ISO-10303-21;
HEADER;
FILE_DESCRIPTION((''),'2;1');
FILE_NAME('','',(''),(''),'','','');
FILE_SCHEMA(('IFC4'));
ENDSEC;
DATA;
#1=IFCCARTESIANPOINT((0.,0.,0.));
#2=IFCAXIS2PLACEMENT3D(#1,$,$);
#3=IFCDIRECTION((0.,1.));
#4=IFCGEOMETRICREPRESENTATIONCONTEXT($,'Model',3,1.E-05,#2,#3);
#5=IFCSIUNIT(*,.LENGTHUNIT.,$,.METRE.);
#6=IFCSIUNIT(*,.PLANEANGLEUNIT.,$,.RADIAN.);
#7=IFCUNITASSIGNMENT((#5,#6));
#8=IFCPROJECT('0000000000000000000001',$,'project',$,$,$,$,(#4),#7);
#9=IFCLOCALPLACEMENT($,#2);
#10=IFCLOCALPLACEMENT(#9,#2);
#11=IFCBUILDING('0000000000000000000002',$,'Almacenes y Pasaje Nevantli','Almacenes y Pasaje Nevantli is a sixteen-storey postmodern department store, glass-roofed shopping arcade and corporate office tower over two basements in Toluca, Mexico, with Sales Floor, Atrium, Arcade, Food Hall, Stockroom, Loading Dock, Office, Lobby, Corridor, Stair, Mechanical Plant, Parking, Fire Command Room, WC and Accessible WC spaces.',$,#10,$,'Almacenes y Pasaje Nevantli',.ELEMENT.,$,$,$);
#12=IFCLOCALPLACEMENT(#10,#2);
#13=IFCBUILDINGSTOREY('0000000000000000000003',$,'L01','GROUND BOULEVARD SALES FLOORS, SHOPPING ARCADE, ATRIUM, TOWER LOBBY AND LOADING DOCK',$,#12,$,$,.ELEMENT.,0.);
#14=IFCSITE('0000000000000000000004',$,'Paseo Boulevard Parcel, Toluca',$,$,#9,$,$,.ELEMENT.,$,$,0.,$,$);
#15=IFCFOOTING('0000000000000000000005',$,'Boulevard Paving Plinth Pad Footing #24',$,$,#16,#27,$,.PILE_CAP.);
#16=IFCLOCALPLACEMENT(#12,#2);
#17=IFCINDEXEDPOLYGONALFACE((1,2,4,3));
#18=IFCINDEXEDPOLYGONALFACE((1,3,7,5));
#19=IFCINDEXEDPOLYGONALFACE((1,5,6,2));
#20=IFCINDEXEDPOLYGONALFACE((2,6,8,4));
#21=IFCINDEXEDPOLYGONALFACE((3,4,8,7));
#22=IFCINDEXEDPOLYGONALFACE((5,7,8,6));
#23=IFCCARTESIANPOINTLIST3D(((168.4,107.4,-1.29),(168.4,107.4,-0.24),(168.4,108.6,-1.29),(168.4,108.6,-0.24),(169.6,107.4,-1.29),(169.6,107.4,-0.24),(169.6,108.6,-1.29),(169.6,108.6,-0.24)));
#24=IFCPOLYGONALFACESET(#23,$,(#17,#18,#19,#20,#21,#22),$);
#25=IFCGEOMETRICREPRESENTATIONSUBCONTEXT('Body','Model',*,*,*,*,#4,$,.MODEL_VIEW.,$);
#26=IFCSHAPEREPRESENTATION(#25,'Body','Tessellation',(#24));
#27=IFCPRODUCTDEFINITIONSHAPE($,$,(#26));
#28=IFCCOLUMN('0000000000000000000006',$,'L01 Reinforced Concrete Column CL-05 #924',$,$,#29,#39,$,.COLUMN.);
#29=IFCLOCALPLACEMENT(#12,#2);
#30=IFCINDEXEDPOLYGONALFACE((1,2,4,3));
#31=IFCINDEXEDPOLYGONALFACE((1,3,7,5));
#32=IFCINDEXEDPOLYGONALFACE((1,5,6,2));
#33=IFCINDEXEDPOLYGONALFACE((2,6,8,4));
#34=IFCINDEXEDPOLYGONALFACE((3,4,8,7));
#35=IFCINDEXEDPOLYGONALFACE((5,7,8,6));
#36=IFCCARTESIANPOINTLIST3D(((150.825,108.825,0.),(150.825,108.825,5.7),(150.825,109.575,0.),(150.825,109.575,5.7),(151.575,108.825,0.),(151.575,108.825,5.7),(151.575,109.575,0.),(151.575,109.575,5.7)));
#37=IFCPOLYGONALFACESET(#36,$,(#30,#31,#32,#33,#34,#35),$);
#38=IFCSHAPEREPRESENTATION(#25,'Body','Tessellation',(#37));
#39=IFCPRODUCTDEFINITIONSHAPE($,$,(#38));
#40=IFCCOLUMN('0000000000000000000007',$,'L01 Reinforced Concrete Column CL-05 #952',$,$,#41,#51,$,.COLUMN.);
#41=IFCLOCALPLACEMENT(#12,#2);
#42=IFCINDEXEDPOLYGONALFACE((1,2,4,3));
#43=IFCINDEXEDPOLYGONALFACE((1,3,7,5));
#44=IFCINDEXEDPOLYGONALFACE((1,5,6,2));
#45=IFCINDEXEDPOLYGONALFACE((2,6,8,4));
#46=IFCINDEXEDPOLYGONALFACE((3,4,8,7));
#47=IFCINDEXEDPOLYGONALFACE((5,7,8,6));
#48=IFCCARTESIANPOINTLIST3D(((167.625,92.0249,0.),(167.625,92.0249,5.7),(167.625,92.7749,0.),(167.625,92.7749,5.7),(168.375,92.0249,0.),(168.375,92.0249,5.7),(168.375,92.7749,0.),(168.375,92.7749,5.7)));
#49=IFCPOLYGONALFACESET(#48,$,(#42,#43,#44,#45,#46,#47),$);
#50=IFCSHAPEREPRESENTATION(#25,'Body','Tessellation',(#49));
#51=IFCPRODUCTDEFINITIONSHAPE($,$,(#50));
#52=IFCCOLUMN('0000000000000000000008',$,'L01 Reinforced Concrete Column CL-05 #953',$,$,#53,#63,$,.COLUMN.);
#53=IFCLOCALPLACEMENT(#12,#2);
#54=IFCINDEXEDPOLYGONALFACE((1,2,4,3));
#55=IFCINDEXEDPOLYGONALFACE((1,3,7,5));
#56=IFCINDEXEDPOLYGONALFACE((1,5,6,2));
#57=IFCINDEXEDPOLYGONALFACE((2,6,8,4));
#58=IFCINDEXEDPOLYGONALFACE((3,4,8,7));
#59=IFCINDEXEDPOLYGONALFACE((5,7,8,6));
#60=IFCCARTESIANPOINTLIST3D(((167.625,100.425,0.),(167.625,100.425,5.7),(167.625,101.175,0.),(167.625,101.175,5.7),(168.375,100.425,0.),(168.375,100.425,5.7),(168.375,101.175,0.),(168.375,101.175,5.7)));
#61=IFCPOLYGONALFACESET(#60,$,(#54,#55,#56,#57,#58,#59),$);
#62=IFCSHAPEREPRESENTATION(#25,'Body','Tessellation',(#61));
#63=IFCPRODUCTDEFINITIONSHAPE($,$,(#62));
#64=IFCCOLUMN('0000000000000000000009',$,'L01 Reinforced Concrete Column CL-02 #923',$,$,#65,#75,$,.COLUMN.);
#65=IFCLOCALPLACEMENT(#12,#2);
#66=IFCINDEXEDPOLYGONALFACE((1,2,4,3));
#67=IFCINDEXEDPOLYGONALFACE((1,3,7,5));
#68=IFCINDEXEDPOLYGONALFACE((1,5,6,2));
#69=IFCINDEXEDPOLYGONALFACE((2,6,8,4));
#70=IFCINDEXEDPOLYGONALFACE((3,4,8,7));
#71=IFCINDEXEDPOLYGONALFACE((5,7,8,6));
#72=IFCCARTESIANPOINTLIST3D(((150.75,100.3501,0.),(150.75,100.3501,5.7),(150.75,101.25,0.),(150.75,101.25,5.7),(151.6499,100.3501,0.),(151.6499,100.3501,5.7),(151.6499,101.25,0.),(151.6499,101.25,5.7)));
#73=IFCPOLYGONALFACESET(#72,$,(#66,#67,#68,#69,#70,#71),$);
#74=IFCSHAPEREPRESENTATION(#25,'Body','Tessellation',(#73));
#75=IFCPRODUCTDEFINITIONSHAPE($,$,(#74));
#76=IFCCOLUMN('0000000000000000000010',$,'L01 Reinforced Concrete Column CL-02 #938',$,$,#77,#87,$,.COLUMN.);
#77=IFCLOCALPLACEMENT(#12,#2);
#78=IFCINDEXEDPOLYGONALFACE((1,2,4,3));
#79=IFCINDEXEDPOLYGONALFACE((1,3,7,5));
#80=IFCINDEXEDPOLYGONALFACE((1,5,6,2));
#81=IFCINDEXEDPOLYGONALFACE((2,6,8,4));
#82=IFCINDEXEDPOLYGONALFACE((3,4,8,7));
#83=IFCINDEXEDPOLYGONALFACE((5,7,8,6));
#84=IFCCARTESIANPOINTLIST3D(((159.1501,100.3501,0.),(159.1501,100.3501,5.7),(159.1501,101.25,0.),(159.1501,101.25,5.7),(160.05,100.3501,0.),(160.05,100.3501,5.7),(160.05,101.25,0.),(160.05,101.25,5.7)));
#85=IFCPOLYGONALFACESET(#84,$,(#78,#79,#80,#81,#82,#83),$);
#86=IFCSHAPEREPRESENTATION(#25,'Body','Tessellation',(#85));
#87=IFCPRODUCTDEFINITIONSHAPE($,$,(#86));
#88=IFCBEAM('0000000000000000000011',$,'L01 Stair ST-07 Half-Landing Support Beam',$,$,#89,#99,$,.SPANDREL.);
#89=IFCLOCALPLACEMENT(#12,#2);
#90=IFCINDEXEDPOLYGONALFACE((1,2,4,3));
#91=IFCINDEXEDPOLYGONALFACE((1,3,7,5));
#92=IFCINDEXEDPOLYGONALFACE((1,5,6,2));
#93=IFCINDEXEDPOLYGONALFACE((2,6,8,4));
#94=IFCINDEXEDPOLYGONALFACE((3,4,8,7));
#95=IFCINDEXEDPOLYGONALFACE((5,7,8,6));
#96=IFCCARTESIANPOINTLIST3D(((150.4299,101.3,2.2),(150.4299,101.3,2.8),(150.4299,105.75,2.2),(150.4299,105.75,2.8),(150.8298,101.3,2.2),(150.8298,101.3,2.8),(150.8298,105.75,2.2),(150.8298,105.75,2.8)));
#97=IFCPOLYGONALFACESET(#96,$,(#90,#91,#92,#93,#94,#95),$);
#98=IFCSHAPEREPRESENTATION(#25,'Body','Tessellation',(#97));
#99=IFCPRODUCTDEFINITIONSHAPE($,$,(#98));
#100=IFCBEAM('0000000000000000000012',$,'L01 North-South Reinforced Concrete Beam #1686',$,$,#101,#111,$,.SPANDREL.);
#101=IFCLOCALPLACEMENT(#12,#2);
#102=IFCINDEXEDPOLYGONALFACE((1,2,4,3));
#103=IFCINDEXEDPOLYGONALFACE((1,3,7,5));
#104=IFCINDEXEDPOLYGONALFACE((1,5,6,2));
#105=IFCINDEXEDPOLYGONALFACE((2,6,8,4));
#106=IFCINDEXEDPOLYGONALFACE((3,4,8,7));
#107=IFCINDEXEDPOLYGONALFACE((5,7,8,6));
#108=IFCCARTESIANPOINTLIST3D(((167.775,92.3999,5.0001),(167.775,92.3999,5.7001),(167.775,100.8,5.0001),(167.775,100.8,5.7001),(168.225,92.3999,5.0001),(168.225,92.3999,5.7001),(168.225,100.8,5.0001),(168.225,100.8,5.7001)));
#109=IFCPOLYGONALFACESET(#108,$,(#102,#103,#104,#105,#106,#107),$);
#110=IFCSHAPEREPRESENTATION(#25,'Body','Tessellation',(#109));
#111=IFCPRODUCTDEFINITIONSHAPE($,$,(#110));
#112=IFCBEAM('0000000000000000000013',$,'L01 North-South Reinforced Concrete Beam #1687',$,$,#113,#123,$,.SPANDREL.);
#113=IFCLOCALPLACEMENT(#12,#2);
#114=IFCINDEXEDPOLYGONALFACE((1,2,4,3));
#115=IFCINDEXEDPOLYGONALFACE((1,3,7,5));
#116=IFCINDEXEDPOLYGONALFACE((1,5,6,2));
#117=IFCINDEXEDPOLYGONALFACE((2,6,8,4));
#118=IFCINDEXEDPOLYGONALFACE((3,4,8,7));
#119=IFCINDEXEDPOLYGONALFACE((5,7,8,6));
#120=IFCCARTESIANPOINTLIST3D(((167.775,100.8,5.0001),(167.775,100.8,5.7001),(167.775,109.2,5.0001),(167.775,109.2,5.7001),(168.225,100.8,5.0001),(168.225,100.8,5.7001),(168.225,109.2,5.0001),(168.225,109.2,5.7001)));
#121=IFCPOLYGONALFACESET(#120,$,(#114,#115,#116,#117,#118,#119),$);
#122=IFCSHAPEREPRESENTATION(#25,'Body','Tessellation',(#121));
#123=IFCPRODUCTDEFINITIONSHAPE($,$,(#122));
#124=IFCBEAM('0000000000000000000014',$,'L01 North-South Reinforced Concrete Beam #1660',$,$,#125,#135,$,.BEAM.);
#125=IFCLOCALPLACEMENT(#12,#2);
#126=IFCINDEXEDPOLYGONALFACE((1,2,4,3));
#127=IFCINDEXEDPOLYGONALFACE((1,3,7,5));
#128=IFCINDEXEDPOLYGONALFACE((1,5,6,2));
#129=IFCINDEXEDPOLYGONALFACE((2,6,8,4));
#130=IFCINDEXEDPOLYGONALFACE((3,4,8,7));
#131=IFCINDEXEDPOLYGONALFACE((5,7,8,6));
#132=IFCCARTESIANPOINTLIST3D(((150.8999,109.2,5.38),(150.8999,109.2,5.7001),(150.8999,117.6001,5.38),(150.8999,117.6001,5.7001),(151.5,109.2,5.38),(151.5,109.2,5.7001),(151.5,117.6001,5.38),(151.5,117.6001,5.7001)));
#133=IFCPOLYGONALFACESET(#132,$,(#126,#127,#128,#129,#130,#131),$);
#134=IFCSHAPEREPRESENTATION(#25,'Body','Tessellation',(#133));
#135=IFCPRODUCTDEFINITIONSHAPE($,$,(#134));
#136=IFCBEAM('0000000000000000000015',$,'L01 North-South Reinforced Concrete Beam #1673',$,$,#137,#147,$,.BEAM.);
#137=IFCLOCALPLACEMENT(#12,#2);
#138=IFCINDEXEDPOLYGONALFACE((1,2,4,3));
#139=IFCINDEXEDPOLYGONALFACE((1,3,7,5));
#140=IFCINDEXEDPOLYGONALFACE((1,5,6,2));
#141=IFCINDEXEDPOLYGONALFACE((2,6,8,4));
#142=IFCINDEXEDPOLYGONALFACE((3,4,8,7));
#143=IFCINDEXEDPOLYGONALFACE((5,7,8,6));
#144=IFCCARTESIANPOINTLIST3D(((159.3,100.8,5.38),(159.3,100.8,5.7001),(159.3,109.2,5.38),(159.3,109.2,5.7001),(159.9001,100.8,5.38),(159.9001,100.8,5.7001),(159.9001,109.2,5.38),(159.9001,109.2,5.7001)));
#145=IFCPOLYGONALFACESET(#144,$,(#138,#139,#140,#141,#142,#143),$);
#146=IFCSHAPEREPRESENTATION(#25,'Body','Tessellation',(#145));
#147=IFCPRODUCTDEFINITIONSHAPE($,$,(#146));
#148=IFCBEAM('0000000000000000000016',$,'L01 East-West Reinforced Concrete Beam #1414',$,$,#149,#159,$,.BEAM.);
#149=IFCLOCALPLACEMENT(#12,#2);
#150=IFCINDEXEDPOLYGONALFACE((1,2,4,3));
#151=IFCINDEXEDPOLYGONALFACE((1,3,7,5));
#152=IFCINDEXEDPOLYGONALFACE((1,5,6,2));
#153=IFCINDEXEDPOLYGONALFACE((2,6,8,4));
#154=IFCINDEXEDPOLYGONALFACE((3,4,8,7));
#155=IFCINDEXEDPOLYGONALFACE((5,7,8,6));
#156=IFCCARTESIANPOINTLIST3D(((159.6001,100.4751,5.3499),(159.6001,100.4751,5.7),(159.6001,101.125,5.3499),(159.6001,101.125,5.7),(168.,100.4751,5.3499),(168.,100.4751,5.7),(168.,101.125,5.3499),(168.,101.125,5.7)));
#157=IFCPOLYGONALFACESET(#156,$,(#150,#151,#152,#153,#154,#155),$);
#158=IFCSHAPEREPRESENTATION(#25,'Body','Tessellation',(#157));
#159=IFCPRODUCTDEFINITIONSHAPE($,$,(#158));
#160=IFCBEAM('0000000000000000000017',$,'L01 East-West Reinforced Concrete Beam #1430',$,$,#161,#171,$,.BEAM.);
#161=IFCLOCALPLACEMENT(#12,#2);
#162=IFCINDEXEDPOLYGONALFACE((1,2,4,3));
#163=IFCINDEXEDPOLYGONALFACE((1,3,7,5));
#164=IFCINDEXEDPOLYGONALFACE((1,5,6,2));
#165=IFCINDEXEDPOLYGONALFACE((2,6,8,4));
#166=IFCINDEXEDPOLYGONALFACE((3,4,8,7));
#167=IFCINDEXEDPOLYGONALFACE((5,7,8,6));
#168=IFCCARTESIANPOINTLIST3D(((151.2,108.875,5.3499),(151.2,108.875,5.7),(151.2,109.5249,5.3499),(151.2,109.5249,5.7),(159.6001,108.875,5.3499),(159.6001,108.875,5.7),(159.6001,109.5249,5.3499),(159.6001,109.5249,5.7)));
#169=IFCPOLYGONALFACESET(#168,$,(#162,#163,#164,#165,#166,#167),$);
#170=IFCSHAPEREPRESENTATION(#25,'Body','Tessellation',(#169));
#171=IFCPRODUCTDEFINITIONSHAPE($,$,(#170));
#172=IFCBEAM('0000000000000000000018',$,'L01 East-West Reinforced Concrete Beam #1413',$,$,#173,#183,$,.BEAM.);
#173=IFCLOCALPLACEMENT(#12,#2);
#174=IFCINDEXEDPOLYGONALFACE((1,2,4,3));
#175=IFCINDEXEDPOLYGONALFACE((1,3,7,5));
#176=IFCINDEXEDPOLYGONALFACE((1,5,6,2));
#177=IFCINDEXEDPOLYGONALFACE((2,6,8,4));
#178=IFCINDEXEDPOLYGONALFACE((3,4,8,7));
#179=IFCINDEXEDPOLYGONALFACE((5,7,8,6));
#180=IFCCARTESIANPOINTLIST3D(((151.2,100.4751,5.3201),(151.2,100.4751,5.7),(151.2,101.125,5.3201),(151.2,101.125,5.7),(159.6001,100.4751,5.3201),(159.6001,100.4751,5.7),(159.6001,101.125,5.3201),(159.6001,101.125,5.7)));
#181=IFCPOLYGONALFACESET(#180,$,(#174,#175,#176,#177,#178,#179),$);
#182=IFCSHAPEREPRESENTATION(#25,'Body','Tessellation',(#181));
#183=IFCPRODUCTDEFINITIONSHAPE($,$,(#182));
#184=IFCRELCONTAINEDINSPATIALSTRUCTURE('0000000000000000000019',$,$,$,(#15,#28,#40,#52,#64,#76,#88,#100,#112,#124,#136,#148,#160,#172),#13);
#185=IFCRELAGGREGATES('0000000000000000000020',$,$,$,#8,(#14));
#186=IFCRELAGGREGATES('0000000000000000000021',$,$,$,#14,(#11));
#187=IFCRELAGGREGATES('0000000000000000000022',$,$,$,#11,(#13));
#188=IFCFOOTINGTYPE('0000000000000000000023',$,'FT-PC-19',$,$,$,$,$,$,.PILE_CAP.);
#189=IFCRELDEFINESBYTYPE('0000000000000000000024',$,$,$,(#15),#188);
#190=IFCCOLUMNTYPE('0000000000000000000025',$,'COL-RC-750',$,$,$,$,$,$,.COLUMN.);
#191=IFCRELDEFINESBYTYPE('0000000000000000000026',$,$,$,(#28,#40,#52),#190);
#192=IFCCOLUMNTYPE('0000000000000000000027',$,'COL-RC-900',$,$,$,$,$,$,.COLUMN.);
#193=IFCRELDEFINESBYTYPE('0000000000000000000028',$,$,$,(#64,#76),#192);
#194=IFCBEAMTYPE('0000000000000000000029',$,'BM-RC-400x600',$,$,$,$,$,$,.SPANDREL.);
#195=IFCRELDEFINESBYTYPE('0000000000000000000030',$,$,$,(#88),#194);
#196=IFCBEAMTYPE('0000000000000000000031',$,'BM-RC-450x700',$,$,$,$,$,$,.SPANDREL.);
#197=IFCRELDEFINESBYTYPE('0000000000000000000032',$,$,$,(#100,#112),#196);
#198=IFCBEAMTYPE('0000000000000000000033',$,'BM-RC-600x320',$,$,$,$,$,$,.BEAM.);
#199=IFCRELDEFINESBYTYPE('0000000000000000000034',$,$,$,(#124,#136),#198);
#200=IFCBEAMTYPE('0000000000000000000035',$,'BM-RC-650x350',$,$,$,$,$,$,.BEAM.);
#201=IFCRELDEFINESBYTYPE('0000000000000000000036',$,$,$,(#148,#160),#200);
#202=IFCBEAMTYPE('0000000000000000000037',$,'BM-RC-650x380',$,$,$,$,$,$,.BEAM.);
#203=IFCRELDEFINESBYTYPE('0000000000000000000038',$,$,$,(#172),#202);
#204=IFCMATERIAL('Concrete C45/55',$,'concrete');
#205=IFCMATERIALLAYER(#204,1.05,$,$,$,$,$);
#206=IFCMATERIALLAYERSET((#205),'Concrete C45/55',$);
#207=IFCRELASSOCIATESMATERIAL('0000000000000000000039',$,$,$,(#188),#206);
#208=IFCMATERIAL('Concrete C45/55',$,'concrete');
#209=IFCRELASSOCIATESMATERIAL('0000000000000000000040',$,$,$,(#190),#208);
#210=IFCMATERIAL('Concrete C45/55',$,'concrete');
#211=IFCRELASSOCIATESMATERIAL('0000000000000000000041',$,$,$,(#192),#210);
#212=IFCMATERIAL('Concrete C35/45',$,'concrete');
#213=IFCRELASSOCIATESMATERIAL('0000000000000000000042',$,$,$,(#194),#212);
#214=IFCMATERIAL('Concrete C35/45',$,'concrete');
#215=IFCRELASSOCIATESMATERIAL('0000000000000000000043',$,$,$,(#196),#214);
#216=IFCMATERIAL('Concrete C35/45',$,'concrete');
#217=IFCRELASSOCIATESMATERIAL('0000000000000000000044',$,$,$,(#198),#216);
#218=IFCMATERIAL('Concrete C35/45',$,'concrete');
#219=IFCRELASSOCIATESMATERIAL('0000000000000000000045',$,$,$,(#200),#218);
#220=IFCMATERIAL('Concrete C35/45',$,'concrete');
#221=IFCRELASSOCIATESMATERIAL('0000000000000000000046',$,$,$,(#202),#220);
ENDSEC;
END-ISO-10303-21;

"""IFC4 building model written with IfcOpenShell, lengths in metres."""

from ifc_helpers import new_model, si_unit, direction, frame, origin, origin_2d, place, context, subcontext, project, spatial, rectangle, extrude, material, layer, layer_set, material_profile, profile_set, type_object, element, save


model = new_model("IFC4")

# Units and contexts
model_context = context("Model", 3, precision=1e-05, world=origin(), true_north=direction((0.0, 1.0)))
body_context = subcontext(model_context, "Body", "Model", "MODEL_VIEW")
ifc_project = project(units=[si_unit("LENGTHUNIT", "METRE"), si_unit("PLANEANGLEUNIT", "RADIAN")], contexts=[model_context])

# Site, building, storey
site_placement = place(None, origin())
site = spatial("IfcSite", under=ifc_project, at=site_placement, Name="Paseo Boulevard Parcel, Toluca", CompositionType="ELEMENT", RefElevation=0.0)
building_placement = place(site_placement, origin())
building = spatial("IfcBuilding", under=site, at=building_placement, Name="Almacenes y Pasaje Nevantli", Description="Almacenes y Pasaje Nevantli is a sixteen-storey postmodern department store, glass-roofed shopping arcade and corporate office tower over two basements in Toluca, Mexico, with Sales Floor, Atrium, Arcade, Food Hall, Stockroom, Loading Dock, Office, Lobby, Corridor, Stair, Mechanical Plant, Parking, Fire Command Room, WC and Accessible WC spaces.", LongName="Almacenes y Pasaje Nevantli", CompositionType="ELEMENT")
storey_placement = place(building_placement, origin())
storey = spatial("IfcBuildingStorey", under=building, at=storey_placement, Name="L01", Description="GROUND BOULEVARD SALES FLOORS, SHOPPING ARCADE, ATRIUM, TOWER LOBBY AND LOADING DOCK", CompositionType="ELEMENT", Elevation=0.0)

# Footing
ifc_material_1 = material(Name="Concrete C45/55", Category="concrete")
ifc_layer_1 = layer(ifc_material_1, 1.05)
ifc_layer_set_1 = layer_set([ifc_layer_1], Name="Concrete C45/55")
footing_type = type_object("IfcFootingType", Name="FT-PC-19", PredefinedType="PILE_CAP", material=ifc_layer_set_1)
footing_placement = place(storey_placement, frame((169.0, 108.0, -1.29), z_axis=(0.0, 0.0, 1.0), x_axis=(1.0, 0.0, 0.0)))
element("IfcFooting", 1, at=footing_placement, inside=storey, type_object=footing_type, Name="Boulevard Paving Plinth Pad Footing #24", PredefinedType="PILE_CAP", context=body_context, shape_type="SweptSolid", body=[
    extrude(rectangle(XDim=1.2, YDim=1.2, at=origin_2d()), origin(), (0.0, 0.0, 1.0), 1.05),
])

# Columns
ifc_material_2 = material(Name="Concrete C45/55", Category="concrete")
ifc_material_profile_1 = material_profile(ifc_material_2, rectangle(XDim=0.75, YDim=0.75, at=origin_2d()), Name="RC-COL-750x750")
ifc_profile_set_1 = profile_set([ifc_material_profile_1], Name="Concrete C45/55")
column_type_1 = type_object("IfcColumnType", Name="COL-RC-750", PredefinedType="COLUMN", material=ifc_profile_set_1)
for number, where, z_axis, x_axis, name in (
    (2, (151.2, 109.2, 0.0), (0.0, 0.0, 1.0), (1.0, 0.0, 0.0), "L01 Reinforced Concrete Column CL-05 #924"),
    (3, (168.0, 92.3999, 0.0), (0.0, 0.0, 1.0), (1.0, 0.0, 0.0), "L01 Reinforced Concrete Column CL-05 #952"),
    (4, (168.0, 100.8, 0.0), (0.0, 0.0, 1.0), (1.0, 0.0, 0.0), "L01 Reinforced Concrete Column CL-05 #953"),
):
    element("IfcColumn", number, at=place(storey_placement, frame(where, z_axis=z_axis, x_axis=x_axis)), inside=storey, type_object=column_type_1, Name=name, PredefinedType="COLUMN", context=body_context, shape_type="SweptSolid", body=[
        extrude(rectangle(XDim=0.75, YDim=0.75, at=origin_2d()), origin(), (0.0, 0.0, 1.0), 5.7),
    ])
ifc_material_3 = material(Name="Concrete C45/55", Category="concrete")
ifc_material_profile_2 = material_profile(ifc_material_3, rectangle(XDim=0.8999, YDim=0.8999, at=origin_2d()), Name="RC-COL-900x900")
ifc_profile_set_2 = profile_set([ifc_material_profile_2], Name="Concrete C45/55")
column_type_2 = type_object("IfcColumnType", Name="COL-RC-900", PredefinedType="COLUMN", material=ifc_profile_set_2)
for number, where, z_axis, x_axis, name in (
    (5, (151.2, 100.8, 0.0), (0.0, 0.0, 1.0), (1.0, 0.0, 0.0), "L01 Reinforced Concrete Column CL-02 #923"),
    (6, (159.6001, 100.8, 0.0), (0.0, 0.0, 1.0), (1.0, 0.0, 0.0), "L01 Reinforced Concrete Column CL-02 #938"),
):
    element("IfcColumn", number, at=place(storey_placement, frame(where, z_axis=z_axis, x_axis=x_axis)), inside=storey, type_object=column_type_2, Name=name, PredefinedType="COLUMN", context=body_context, shape_type="SweptSolid", body=[
        extrude(rectangle(XDim=0.8999, YDim=0.8999, at=origin_2d()), origin(), (0.0, 0.0, 1.0), 5.7),
    ])

# Beams
ifc_material_4 = material(Name="Concrete C35/45", Category="concrete")
ifc_material_profile_3 = material_profile(ifc_material_4, rectangle(XDim=0.3999, YDim=0.6001, at=origin_2d()), Name="RC-BM-400x600")
ifc_profile_set_3 = profile_set([ifc_material_profile_3], Name="Concrete C35/45")
beam_type_1 = type_object("IfcBeamType", Name="BM-RC-400x600", PredefinedType="SPANDREL", material=ifc_profile_set_3)
beam_1_placement = place(storey_placement, frame((150.6299, 101.3, 2.5), z_axis=(0.0, 1.0, 0.0), x_axis=(-1.0, 0.0, 0.0)))
element("IfcBeam", 7, at=beam_1_placement, inside=storey, type_object=beam_type_1, Name="L01 Stair ST-07 Half-Landing Support Beam", PredefinedType="SPANDREL", context=body_context, shape_type="SweptSolid", body=[
    extrude(rectangle(XDim=0.3999, YDim=0.6001, at=origin_2d()), origin(), (0.0, 0.0, 1.0), 4.45),
])
ifc_material_5 = material(Name="Concrete C35/45", Category="concrete")
ifc_material_profile_4 = material_profile(ifc_material_5, rectangle(XDim=0.45, YDim=0.7, at=origin_2d()), Name="RC-BM-450x700")
ifc_profile_set_4 = profile_set([ifc_material_profile_4], Name="Concrete C35/45")
beam_type_2 = type_object("IfcBeamType", Name="BM-RC-450x700", PredefinedType="SPANDREL", material=ifc_profile_set_4)
beam_2_placement = place(storey_placement, frame((168.0, 92.3999, 5.3501), z_axis=(0.0, 1.0, 0.0), x_axis=(-1.0, 0.0, 0.0)))
element("IfcBeam", 8, at=beam_2_placement, inside=storey, type_object=beam_type_2, Name="L01 North-South Reinforced Concrete Beam #1686", PredefinedType="SPANDREL", context=body_context, shape_type="SweptSolid", body=[
    extrude(rectangle(XDim=0.45, YDim=0.7, at=origin_2d()), origin(), (0.0, 0.0, 1.0), 8.4001),
])
beam_3_placement = place(storey_placement, frame((168.0, 100.8, 5.3501), z_axis=(0.0, 1.0, 0.0), x_axis=(-1.0, 0.0, 0.0)))
element("IfcBeam", 9, at=beam_3_placement, inside=storey, type_object=beam_type_2, Name="L01 North-South Reinforced Concrete Beam #1687", PredefinedType="SPANDREL", context=body_context, shape_type="SweptSolid", body=[
    extrude(rectangle(XDim=0.45, YDim=0.7, at=origin_2d()), origin(), (0.0, 0.0, 1.0), 8.3999),
])
ifc_material_6 = material(Name="Concrete C35/45", Category="concrete")
ifc_material_profile_5 = material_profile(ifc_material_6, rectangle(XDim=0.6001, YDim=0.3201, at=origin_2d()), Name="RC-BM-600x320")
ifc_profile_set_5 = profile_set([ifc_material_profile_5], Name="Concrete C35/45")
beam_type_3 = type_object("IfcBeamType", Name="BM-RC-600x320", PredefinedType="BEAM", material=ifc_profile_set_5)
beam_4_placement = place(storey_placement, frame((151.2, 109.2, 5.54), z_axis=(0.0, 1.0, 0.0), x_axis=(-1.0, 0.0, 0.0)))
element("IfcBeam", 10, at=beam_4_placement, inside=storey, type_object=beam_type_3, Name="L01 North-South Reinforced Concrete Beam #1660", PredefinedType="BEAM", context=body_context, shape_type="SweptSolid", body=[
    extrude(rectangle(XDim=0.6001, YDim=0.3201, at=origin_2d()), origin(), (0.0, 0.0, 1.0), 8.4001),
])
beam_5_placement = place(storey_placement, frame((159.6001, 100.8, 5.54), z_axis=(0.0, 1.0, 0.0), x_axis=(-1.0, 0.0, 0.0)))
element("IfcBeam", 11, at=beam_5_placement, inside=storey, type_object=beam_type_3, Name="L01 North-South Reinforced Concrete Beam #1673", PredefinedType="BEAM", context=body_context, shape_type="SweptSolid", body=[
    extrude(rectangle(XDim=0.6001, YDim=0.3201, at=origin_2d()), origin(), (0.0, 0.0, 1.0), 8.3999),
])
ifc_material_7 = material(Name="Concrete C35/45", Category="concrete")
ifc_material_profile_6 = material_profile(ifc_material_7, rectangle(XDim=0.6499, YDim=0.3501, at=origin_2d()), Name="RC-BM-650x350")
ifc_profile_set_6 = profile_set([ifc_material_profile_6], Name="Concrete C35/45")
beam_type_4 = type_object("IfcBeamType", Name="BM-RC-650x350", PredefinedType="BEAM", material=ifc_profile_set_6)
beam_6_placement = place(storey_placement, frame((159.6001, 100.8, 5.5249), z_axis=(1.0, 0.0, 0.0), x_axis=(0.0, 1.0, 0.0)))
element("IfcBeam", 12, at=beam_6_placement, inside=storey, type_object=beam_type_4, Name="L01 East-West Reinforced Concrete Beam #1414", PredefinedType="BEAM", context=body_context, shape_type="SweptSolid", body=[
    extrude(rectangle(XDim=0.6499, YDim=0.3501, at=origin_2d()), origin(), (0.0, 0.0, 1.0), 8.3999),
])
beam_7_placement = place(storey_placement, frame((151.2, 109.2, 5.5249), z_axis=(1.0, 0.0, 0.0), x_axis=(0.0, 1.0, 0.0)))
element("IfcBeam", 13, at=beam_7_placement, inside=storey, type_object=beam_type_4, Name="L01 East-West Reinforced Concrete Beam #1430", PredefinedType="BEAM", context=body_context, shape_type="SweptSolid", body=[
    extrude(rectangle(XDim=0.6499, YDim=0.3501, at=origin_2d()), origin(), (0.0, 0.0, 1.0), 8.4001),
])
ifc_material_8 = material(Name="Concrete C35/45", Category="concrete")
ifc_material_profile_7 = material_profile(ifc_material_8, rectangle(XDim=0.6499, YDim=0.3799, at=origin_2d()), Name="RC-BM-650x380")
ifc_profile_set_7 = profile_set([ifc_material_profile_7], Name="Concrete C35/45")
beam_type_5 = type_object("IfcBeamType", Name="BM-RC-650x380", PredefinedType="BEAM", material=ifc_profile_set_7)
beam_8_placement = place(storey_placement, frame((151.2, 100.8, 5.51), z_axis=(1.0, 0.0, 0.0), x_axis=(0.0, 1.0, 0.0)))
element("IfcBeam", 14, at=beam_8_placement, inside=storey, type_object=beam_type_5, Name="L01 East-West Reinforced Concrete Beam #1413", PredefinedType="BEAM", context=body_context, shape_type="SweptSolid", body=[
    extrude(rectangle(XDim=0.6499, YDim=0.3799, at=origin_2d()), origin(), (0.0, 0.0, 1.0), 8.4001),
])

save(model, "model.ifc")
